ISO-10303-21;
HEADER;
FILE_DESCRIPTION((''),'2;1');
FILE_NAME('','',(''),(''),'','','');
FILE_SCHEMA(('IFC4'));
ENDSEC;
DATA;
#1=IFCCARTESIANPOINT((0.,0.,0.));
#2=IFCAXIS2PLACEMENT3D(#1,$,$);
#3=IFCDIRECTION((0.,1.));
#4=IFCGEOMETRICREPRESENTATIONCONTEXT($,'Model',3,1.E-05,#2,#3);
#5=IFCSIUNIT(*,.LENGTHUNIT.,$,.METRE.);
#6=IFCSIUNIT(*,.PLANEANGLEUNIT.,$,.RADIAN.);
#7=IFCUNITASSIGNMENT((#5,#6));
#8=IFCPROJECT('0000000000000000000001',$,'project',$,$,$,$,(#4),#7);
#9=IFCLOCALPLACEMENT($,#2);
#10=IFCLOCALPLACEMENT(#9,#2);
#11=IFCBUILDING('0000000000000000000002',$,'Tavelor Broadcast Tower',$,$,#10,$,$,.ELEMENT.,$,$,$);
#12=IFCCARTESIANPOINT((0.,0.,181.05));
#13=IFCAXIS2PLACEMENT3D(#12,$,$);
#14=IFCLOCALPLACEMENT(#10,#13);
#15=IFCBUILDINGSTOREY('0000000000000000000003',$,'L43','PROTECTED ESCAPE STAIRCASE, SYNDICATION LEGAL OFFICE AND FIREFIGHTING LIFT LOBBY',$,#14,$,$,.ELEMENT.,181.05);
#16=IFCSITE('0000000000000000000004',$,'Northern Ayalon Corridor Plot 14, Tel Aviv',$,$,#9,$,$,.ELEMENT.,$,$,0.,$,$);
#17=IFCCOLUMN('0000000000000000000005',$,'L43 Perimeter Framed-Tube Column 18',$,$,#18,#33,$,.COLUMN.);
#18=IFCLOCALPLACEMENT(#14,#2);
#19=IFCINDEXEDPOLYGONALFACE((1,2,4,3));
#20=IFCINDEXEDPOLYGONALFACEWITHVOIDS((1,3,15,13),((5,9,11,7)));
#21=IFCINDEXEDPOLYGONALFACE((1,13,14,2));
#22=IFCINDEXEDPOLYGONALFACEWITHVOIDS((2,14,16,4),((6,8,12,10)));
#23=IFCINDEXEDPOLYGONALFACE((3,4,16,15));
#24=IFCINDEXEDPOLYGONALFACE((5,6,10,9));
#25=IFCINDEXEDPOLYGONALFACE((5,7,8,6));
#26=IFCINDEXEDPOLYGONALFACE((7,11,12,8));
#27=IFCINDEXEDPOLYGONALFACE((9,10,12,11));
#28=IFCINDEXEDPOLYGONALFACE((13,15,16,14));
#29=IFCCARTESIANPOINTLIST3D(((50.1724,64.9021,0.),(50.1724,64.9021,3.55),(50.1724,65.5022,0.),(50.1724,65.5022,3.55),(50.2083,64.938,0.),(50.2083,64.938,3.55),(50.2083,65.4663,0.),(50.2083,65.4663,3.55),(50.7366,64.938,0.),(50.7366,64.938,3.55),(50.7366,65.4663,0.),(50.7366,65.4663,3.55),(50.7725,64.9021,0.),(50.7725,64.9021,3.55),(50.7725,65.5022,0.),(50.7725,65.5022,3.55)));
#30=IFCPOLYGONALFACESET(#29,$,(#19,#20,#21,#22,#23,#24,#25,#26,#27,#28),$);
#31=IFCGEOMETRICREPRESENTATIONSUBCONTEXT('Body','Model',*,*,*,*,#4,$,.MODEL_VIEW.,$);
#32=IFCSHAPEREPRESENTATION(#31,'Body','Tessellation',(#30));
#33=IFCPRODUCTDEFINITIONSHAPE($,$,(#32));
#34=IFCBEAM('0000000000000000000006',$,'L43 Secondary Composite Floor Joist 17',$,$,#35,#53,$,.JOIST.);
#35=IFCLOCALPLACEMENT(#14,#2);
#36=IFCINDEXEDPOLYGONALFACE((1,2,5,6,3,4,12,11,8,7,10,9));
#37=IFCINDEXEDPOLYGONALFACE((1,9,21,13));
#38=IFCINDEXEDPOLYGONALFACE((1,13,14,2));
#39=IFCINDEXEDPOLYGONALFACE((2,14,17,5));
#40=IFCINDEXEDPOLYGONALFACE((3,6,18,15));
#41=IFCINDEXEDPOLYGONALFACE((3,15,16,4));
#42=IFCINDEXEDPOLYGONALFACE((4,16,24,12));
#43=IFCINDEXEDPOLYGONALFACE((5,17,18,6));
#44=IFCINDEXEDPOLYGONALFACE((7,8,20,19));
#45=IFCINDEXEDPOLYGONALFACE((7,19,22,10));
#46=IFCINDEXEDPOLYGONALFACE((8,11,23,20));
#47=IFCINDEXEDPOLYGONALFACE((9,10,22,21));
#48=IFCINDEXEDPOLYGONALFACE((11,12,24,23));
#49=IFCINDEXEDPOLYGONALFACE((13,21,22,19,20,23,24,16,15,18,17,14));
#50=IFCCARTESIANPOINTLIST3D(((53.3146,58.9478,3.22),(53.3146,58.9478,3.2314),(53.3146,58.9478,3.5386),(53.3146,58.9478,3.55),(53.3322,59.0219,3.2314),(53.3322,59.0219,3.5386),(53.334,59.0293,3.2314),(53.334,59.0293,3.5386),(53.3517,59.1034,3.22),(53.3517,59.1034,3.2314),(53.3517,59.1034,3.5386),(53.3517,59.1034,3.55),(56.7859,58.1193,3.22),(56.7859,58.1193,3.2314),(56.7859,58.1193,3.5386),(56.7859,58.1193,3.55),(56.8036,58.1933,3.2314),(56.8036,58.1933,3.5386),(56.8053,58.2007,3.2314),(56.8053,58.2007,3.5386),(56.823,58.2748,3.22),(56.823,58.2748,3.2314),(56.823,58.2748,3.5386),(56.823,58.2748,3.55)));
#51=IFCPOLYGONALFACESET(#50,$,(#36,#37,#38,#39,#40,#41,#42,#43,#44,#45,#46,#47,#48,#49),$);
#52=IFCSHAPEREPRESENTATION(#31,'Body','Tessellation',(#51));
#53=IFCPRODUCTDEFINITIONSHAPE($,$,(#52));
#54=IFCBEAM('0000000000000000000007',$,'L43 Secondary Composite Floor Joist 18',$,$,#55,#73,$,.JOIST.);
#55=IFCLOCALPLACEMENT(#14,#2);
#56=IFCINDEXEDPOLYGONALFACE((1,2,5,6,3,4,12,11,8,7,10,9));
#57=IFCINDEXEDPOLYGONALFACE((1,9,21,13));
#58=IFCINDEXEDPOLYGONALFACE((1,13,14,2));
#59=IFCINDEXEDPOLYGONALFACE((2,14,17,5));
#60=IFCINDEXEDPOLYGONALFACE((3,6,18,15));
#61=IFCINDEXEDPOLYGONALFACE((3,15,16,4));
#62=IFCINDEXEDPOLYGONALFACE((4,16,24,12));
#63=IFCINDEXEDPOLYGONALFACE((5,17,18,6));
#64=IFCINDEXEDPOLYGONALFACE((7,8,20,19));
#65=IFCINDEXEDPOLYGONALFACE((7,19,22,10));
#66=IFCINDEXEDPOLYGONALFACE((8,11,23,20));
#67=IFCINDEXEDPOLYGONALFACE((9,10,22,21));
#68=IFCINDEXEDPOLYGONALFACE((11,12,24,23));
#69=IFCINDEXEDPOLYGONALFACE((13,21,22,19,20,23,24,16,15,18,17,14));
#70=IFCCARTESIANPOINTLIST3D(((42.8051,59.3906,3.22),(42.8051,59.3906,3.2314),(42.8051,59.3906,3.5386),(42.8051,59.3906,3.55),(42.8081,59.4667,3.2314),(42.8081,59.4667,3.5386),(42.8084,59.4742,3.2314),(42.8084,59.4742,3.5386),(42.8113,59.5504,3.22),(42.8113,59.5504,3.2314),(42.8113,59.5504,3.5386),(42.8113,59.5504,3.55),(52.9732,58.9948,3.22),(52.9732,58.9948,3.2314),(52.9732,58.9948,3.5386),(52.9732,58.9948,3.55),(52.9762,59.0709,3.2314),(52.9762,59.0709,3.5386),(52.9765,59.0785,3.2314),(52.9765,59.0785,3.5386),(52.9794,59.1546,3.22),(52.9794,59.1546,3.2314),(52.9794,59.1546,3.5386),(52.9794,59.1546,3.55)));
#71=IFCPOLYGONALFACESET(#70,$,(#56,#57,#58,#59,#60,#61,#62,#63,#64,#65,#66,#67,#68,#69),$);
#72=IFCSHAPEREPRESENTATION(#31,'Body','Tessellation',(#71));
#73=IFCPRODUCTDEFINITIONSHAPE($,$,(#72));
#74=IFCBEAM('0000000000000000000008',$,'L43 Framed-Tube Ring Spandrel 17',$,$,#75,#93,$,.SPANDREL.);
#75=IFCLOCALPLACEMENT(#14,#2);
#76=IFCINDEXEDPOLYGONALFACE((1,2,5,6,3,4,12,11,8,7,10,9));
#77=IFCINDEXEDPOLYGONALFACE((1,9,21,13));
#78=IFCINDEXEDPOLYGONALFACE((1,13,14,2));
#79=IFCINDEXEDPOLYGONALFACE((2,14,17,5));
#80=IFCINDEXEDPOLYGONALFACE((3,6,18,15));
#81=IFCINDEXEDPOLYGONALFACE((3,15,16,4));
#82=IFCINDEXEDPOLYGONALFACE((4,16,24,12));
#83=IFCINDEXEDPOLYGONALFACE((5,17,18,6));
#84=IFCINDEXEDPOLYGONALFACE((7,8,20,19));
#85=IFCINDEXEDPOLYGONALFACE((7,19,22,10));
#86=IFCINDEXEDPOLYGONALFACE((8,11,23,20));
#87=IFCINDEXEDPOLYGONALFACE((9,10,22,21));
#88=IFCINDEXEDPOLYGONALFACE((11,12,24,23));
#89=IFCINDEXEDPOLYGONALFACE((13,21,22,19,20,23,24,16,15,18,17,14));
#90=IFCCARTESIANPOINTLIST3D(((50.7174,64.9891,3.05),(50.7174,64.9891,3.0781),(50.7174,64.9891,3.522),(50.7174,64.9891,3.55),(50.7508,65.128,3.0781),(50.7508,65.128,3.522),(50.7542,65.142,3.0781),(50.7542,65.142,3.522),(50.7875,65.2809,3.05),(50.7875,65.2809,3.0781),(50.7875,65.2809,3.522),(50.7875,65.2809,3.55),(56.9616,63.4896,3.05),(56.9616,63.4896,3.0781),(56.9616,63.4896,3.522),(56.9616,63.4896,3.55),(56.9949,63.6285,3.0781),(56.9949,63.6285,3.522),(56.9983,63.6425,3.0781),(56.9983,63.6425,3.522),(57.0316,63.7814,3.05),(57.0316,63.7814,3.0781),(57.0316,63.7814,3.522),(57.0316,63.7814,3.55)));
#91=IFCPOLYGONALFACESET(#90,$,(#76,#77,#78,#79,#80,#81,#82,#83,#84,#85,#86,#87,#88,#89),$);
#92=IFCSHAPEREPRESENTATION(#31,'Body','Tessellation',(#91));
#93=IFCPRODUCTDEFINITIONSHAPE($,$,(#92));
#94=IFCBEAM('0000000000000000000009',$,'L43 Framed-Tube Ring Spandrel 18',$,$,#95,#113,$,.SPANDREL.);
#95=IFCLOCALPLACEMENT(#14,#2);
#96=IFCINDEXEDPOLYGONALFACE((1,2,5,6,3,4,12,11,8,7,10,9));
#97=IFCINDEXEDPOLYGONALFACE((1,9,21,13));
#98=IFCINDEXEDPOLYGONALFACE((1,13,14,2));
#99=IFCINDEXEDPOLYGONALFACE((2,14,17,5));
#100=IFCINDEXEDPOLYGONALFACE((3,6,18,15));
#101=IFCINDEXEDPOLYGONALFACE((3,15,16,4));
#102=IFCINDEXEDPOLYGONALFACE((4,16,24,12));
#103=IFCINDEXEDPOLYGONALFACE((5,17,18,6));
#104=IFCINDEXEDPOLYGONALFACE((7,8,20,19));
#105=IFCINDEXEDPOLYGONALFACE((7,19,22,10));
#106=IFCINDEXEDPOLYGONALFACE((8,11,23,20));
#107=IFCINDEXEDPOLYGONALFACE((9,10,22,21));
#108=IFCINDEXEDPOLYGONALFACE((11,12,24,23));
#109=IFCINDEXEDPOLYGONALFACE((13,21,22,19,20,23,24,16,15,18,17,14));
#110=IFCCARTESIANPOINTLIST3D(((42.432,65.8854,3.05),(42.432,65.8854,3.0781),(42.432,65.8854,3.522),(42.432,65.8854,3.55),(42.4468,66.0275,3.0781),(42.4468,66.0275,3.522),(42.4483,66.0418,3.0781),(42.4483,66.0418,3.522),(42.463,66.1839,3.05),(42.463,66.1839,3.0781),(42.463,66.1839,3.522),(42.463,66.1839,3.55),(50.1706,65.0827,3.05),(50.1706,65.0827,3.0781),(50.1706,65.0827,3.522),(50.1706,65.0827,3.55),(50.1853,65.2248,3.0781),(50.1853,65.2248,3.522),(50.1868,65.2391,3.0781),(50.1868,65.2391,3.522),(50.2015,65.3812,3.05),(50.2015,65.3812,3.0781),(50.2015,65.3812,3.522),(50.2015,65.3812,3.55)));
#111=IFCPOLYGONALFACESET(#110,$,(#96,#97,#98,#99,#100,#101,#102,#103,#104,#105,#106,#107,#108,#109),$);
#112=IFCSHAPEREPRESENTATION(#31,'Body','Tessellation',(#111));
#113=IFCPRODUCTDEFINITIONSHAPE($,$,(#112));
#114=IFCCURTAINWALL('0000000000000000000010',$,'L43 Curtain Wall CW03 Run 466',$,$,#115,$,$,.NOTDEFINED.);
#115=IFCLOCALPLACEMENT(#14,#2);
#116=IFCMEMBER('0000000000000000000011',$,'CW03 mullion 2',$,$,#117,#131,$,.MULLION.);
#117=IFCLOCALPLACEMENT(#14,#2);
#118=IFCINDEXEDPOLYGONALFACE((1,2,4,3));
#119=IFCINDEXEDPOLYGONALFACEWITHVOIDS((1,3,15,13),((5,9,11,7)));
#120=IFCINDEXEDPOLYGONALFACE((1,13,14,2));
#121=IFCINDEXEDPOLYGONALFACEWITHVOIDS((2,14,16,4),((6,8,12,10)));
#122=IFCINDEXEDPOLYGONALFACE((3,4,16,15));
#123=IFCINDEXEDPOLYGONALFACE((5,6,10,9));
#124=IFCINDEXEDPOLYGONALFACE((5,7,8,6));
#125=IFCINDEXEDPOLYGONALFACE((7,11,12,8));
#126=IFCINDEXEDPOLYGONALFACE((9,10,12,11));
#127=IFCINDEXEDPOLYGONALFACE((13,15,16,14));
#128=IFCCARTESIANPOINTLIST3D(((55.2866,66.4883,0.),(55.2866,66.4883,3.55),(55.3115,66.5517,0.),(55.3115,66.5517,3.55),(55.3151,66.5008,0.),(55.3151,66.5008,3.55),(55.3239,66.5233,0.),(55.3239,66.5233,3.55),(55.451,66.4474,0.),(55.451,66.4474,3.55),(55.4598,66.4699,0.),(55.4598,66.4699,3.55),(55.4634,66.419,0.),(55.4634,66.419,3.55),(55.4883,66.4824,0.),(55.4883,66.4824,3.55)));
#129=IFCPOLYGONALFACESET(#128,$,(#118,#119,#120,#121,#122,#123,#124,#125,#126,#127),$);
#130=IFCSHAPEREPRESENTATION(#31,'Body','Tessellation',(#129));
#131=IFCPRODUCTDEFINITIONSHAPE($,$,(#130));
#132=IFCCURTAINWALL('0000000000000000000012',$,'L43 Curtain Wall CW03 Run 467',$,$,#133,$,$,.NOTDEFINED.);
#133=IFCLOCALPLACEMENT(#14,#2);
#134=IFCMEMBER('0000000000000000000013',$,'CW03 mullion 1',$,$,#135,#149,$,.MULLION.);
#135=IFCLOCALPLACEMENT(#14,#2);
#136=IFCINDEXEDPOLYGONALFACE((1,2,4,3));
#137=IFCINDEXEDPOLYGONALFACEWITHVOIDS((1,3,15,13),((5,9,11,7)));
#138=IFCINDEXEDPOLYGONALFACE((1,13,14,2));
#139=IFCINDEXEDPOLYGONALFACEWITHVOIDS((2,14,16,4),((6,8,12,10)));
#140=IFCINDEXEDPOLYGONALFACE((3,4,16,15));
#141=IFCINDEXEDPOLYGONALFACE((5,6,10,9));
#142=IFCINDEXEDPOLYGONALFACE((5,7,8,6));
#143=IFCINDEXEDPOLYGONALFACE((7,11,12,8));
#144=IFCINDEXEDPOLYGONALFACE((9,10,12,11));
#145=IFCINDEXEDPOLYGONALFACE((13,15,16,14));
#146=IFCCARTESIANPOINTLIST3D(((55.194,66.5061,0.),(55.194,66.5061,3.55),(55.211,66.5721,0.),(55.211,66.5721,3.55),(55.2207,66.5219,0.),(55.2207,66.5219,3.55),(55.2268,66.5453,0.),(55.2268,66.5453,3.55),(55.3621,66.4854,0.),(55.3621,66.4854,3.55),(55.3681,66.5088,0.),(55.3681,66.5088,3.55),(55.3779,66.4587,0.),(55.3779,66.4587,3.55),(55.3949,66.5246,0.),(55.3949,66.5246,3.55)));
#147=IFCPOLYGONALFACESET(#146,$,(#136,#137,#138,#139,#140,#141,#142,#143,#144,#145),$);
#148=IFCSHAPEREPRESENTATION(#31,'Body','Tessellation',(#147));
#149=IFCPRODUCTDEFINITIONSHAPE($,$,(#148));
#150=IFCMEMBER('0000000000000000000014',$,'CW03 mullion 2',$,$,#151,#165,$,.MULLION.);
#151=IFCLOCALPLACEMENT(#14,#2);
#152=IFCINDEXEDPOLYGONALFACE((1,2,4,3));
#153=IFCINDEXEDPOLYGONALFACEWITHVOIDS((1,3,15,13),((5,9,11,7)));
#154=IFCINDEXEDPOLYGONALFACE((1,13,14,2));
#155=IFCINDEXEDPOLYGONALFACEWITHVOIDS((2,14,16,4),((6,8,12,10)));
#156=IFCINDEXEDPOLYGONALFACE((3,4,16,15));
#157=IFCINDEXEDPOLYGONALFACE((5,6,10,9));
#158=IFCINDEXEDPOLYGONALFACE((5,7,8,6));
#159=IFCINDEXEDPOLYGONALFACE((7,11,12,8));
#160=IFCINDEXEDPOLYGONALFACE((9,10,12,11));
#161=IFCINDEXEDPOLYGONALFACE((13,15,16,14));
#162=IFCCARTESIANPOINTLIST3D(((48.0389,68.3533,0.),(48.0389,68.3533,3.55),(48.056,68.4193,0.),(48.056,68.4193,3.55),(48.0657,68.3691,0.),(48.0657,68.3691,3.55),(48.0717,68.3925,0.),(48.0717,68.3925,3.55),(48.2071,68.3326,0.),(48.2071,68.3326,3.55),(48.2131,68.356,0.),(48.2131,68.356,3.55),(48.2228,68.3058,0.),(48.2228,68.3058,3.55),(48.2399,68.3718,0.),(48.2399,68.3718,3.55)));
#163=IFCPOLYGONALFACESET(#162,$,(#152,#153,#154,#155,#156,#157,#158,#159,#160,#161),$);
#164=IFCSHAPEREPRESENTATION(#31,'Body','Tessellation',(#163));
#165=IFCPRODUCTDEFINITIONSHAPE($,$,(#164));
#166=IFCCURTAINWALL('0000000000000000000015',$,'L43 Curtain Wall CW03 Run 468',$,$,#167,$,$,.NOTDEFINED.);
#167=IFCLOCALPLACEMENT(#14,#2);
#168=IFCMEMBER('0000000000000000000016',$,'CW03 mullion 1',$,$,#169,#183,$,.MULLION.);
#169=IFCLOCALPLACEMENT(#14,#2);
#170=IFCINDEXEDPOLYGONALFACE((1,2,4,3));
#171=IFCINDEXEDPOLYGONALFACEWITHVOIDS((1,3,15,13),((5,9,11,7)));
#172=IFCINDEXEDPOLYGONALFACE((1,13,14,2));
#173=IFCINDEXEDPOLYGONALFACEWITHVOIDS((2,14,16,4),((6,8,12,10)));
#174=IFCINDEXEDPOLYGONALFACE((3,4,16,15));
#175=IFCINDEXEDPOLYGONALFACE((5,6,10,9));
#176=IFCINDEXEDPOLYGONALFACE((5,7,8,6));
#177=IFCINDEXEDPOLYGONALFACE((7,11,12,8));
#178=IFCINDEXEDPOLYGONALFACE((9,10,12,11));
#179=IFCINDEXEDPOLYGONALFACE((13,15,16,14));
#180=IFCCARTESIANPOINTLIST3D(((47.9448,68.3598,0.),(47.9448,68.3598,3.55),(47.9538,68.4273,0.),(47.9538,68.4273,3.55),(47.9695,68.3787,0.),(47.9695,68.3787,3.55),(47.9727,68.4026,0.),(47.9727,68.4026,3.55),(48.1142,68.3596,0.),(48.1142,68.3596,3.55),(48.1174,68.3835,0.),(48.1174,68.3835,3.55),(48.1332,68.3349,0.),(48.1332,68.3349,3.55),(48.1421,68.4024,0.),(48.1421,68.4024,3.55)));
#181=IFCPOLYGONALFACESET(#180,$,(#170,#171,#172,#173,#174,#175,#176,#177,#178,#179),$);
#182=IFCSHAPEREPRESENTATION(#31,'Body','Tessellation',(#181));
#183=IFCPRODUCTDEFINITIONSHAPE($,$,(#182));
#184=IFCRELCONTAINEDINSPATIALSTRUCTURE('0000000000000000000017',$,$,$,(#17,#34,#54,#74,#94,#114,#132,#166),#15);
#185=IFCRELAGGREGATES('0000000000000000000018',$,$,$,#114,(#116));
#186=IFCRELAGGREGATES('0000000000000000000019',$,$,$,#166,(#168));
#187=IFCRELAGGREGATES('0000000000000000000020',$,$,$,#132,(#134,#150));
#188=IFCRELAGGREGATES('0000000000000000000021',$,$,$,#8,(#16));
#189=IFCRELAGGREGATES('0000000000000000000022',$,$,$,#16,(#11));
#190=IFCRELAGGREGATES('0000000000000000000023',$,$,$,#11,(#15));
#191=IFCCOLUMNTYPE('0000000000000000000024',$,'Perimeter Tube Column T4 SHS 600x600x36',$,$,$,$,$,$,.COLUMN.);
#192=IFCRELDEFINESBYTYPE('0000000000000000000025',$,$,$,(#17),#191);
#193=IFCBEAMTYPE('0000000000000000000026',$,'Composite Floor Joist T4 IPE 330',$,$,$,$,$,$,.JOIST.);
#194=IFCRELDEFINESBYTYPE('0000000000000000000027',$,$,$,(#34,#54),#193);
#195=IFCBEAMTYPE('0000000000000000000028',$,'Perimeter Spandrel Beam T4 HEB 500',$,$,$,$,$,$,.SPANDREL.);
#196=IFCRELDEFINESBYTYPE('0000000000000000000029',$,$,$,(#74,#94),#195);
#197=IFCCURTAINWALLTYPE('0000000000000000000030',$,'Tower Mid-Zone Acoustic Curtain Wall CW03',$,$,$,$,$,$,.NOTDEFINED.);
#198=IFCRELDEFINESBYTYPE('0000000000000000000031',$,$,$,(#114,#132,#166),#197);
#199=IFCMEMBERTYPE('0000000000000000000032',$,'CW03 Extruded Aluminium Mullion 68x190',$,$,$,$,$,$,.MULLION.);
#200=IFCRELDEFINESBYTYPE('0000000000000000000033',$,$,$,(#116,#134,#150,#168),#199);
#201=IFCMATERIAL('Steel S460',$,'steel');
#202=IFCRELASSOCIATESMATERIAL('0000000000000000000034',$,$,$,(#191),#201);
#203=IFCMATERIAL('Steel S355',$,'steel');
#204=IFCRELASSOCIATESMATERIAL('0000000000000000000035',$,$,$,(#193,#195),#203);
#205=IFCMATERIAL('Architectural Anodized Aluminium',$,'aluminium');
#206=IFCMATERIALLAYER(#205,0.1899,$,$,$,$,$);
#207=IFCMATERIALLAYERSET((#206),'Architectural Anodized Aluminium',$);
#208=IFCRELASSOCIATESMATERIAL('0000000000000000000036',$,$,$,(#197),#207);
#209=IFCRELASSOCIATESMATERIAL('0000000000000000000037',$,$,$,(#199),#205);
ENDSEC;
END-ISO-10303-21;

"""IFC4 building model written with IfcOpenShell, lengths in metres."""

from ifc_helpers import new_model, si_unit, direction, frame, origin, origin_2d, place, context, subcontext, project, spatial, hollow_rectangle, i_section, extrude, source, transform, mapped, material, layer, layer_set, material_profile, profile_set, type_object, type_shapes, element, aggregate, save


model = new_model("IFC4")

# Units and contexts
model_context = context("Model", 3, precision=1e-05, world=origin(), true_north=direction((0.0, 1.0)))
body_context = subcontext(model_context, "Body", "Model", "MODEL_VIEW")
ifc_project = project(units=[si_unit("LENGTHUNIT", "METRE"), si_unit("PLANEANGLEUNIT", "RADIAN")], contexts=[model_context])

# Site, building, storey
site_placement = place(None, origin())
site = spatial("IfcSite", under=ifc_project, at=site_placement, Name="Northern Ayalon Corridor Plot 14, Tel Aviv", CompositionType="ELEMENT", RefElevation=0.0)
building_placement = place(site_placement, origin())
building = spatial("IfcBuilding", under=site, at=building_placement, Name="Tavelor Broadcast Tower", CompositionType="ELEMENT")
storey_placement = place(building_placement, frame((0.0, 0.0, 181.05)))
storey = spatial("IfcBuildingStorey", under=building, at=storey_placement, Name="L43", Description="PROTECTED ESCAPE STAIRCASE, SYNDICATION LEGAL OFFICE AND FIREFIGHTING LIFT LOBBY", CompositionType="ELEMENT", Elevation=181.05)

# Column
ifc_material_1 = material(Name="Steel S460", Category="steel")
ifc_material_profile_1 = material_profile(ifc_material_1, hollow_rectangle(XDim=0.6001, YDim=0.6001, WallThickness=0.0359, at=origin_2d()), Name="SHS 600x600x36")
ifc_profile_set_1 = profile_set([ifc_material_profile_1], Name="Steel S460")
column_type = type_object("IfcColumnType", Name="Perimeter Tube Column T4 SHS 600x600x36", PredefinedType="COLUMN", material=ifc_profile_set_1)
column_placement = place(storey_placement, frame((50.4724, 65.2021, 0.0), z_axis=(0.0, 0.0, 1.0), x_axis=(1.0, 0.0, 0.0)))
element("IfcColumn", 1, at=column_placement, inside=storey, type_object=column_type, Name="L43 Perimeter Framed-Tube Column 18", PredefinedType="COLUMN", context=body_context, shape_type="SweptSolid", body=[
    extrude(hollow_rectangle(XDim=0.6001, YDim=0.6001, WallThickness=0.0359, at=origin_2d()), origin(), (0.0, 0.0, 1.0), 3.55),
])

# Beams
ifc_material_2 = material(Name="Steel S355", Category="steel")
ifc_material_profile_2 = material_profile(ifc_material_2, i_section(OverallWidth=0.1599, OverallDepth=0.3301, WebThickness=0.0076, FlangeThickness=0.0115, at=origin_2d()), Name="IPE 330")
ifc_profile_set_2 = profile_set([ifc_material_profile_2], Name="Steel S355")
beam_type_1 = type_object("IfcBeamType", Name="Composite Floor Joist T4 IPE 330", PredefinedType="JOIST", material=ifc_profile_set_2)
beam_1_placement = place(storey_placement, frame((56.8044, 58.197, 3.385), z_axis=(-0.972675, 0.232172, 0.0), x_axis=(-0.232172, -0.972675, 0.0)))
element("IfcBeam", 2, at=beam_1_placement, inside=storey, type_object=beam_type_1, Name="L43 Secondary Composite Floor Joist 17", PredefinedType="JOIST", context=body_context, shape_type="SweptSolid", body=[
    extrude(i_section(OverallWidth=0.1599, OverallDepth=0.3301, WebThickness=0.0076, FlangeThickness=0.0115, at=origin_2d()), origin(), (0.0, 0.0, 1.0), 3.5688),
])
beam_2_placement = place(storey_placement, frame((52.9763, 59.0747, 3.385), z_axis=(-0.999243, 0.038892, 0.0), x_axis=(-0.038892, -0.999243, 0.0)))
element("IfcBeam", 3, at=beam_2_placement, inside=storey, type_object=beam_type_1, Name="L43 Secondary Composite Floor Joist 18", PredefinedType="JOIST", context=body_context, shape_type="SweptSolid", body=[
    extrude(i_section(OverallWidth=0.1599, OverallDepth=0.3301, WebThickness=0.0076, FlangeThickness=0.0115, at=origin_2d()), origin(), (0.0, 0.0, 1.0), 10.1758),
])
ifc_material_profile_3 = material_profile(ifc_material_2, i_section(OverallWidth=0.3, OverallDepth=0.5, WebThickness=0.0144, FlangeThickness=0.0281, at=origin_2d()), Name="HEB 500")
ifc_profile_set_3 = profile_set([ifc_material_profile_3], Name="Steel S355")
beam_type_2 = type_object("IfcBeamType", Name="Perimeter Spandrel Beam T4 HEB 500", PredefinedType="SPANDREL", material=ifc_profile_set_3)
beam_3_placement = place(storey_placement, frame((56.9966, 63.6355, 3.3), z_axis=(-0.972355, 0.233508, 0.0), x_axis=(-0.233508, -0.972355, 0.0)))
element("IfcBeam", 4, at=beam_3_placement, inside=storey, type_object=beam_type_2, Name="L43 Framed-Tube Ring Spandrel 17", PredefinedType="SPANDREL", context=body_context, shape_type="SweptSolid", body=[
    extrude(i_section(OverallWidth=0.3, OverallDepth=0.5, WebThickness=0.0144, FlangeThickness=0.0281, at=origin_2d()), origin(), (0.0, 0.0, 1.0), 6.4216),
])
beam_4_placement = place(storey_placement, frame((50.186, 65.2319, 3.3), z_axis=(-0.994663, 0.103179, 0.0), x_axis=(-0.103179, -0.994663, 0.0)))
element("IfcBeam", 5, at=beam_4_placement, inside=storey, type_object=beam_type_2, Name="L43 Framed-Tube Ring Spandrel 18", PredefinedType="SPANDREL", context=body_context, shape_type="SweptSolid", body=[
    extrude(i_section(OverallWidth=0.3, OverallDepth=0.5, WebThickness=0.0144, FlangeThickness=0.0281, at=origin_2d()), origin(), (0.0, 0.0, 1.0), 7.78),
])

# Curtain wall, member
ifc_material_3 = material(Name="Architectural Anodized Aluminium", Category="aluminium")
ifc_layer_1 = layer(ifc_material_3, 0.1899)
ifc_layer_set_1 = layer_set([ifc_layer_1], Name="Architectural Anodized Aluminium")
curtain_wall_type = type_object("IfcCurtainWallType", Name="Tower Mid-Zone Acoustic Curtain Wall CW03", PredefinedType="NOTDEFINED", material=ifc_layer_set_1)
curtain_wall_1_placement = place(storey_placement, origin())
curtain_wall_1 = element("IfcCurtainWall", 6, at=curtain_wall_1_placement, inside=storey, type_object=curtain_wall_type, Name="L43 Curtain Wall CW03 Run 466", PredefinedType="NOTDEFINED")
ifc_material_profile_4 = material_profile(ifc_material_3, hollow_rectangle(XDim=0.0681, YDim=0.1899, WallThickness=0.022, at=origin_2d()), Name="RHS 68x190x22")
ifc_profile_set_4 = profile_set([ifc_material_profile_4], Name="Architectural Anodized Aluminium")
member_type_1 = type_object("IfcMemberType", Name="CW03 Extruded Aluminium Mullion 68x190", PredefinedType="MULLION", material=ifc_profile_set_4)
shared_shape_1 = source(origin(), body_context, "Body", "SweptSolid", [
    extrude(hollow_rectangle(XDim=0.0681, YDim=0.1899, WallThickness=0.022, at=origin_2d()), origin(), (0.0, 0.0, 1.0), 3.55),
])
type_shapes(member_type_1, [shared_shape_1])
member_1_placement = place(storey_placement, frame((55.3875, 66.4854, 0.0), z_axis=(0.0, 0.0, 1.0), x_axis=(-0.365277, -0.930899, 0.0)))
member_1 = element("IfcMember", 7, at=member_1_placement, type_object=member_type_1, Name="CW03 mullion 2", PredefinedType="MULLION", context=body_context, shape_type="MappedRepresentation", body=[
    mapped(shared_shape_1, transform((0.0, 0.0, 0.0), scale=1.0)),
])
aggregate(curtain_wall_1, [member_1])

# Curtain wall, members
curtain_wall_2_placement = place(storey_placement, origin())
curtain_wall_2 = element("IfcCurtainWall", 8, at=curtain_wall_2_placement, inside=storey, type_object=curtain_wall_type, Name="L43 Curtain Wall CW03 Run 467", PredefinedType="NOTDEFINED")
member_2_placement = place(storey_placement, frame((55.2944, 66.5154, 0.0), z_axis=(0.0, 0.0, 1.0), x_axis=(-0.249949, -0.968259, 0.0)))
member_2 = element("IfcMember", 9, at=member_2_placement, type_object=member_type_1, Name="CW03 mullion 1", PredefinedType="MULLION", context=body_context, shape_type="MappedRepresentation", body=[
    mapped(shared_shape_1, transform((0.0, 0.0, 0.0), scale=1.0)),
])
member_3_placement = place(storey_placement, frame((48.1394, 68.3625, 0.0), z_axis=(0.0, 0.0, 1.0), x_axis=(-0.249949, -0.968259, 0.0)))
member_3 = element("IfcMember", 10, at=member_3_placement, type_object=member_type_1, Name="CW03 mullion 2", PredefinedType="MULLION", context=body_context, shape_type="MappedRepresentation", body=[
    mapped(shared_shape_1, transform((0.0, 0.0, 0.0), scale=1.0)),
])

# Curtain wall, member
curtain_wall_3_placement = place(storey_placement, origin())
curtain_wall_3 = element("IfcCurtainWall", 11, at=curtain_wall_3_placement, inside=storey, type_object=curtain_wall_type, Name="L43 Curtain Wall CW03 Run 468", PredefinedType="NOTDEFINED")
member_4_placement = place(storey_placement, frame((48.0435, 68.3811, 0.0), z_axis=(0.0, 0.0, 1.0), x_axis=(-0.13093, -0.991392, 0.0)))
member_4 = element("IfcMember", 12, at=member_4_placement, type_object=member_type_1, Name="CW03 mullion 1", PredefinedType="MULLION", context=body_context, shape_type="MappedRepresentation", body=[
    mapped(shared_shape_1, transform((0.0, 0.0, 0.0), scale=1.0)),
])

aggregate(curtain_wall_3, [member_4])

aggregate(curtain_wall_2, [member_2, member_3])

save(model, "model.ifc")
